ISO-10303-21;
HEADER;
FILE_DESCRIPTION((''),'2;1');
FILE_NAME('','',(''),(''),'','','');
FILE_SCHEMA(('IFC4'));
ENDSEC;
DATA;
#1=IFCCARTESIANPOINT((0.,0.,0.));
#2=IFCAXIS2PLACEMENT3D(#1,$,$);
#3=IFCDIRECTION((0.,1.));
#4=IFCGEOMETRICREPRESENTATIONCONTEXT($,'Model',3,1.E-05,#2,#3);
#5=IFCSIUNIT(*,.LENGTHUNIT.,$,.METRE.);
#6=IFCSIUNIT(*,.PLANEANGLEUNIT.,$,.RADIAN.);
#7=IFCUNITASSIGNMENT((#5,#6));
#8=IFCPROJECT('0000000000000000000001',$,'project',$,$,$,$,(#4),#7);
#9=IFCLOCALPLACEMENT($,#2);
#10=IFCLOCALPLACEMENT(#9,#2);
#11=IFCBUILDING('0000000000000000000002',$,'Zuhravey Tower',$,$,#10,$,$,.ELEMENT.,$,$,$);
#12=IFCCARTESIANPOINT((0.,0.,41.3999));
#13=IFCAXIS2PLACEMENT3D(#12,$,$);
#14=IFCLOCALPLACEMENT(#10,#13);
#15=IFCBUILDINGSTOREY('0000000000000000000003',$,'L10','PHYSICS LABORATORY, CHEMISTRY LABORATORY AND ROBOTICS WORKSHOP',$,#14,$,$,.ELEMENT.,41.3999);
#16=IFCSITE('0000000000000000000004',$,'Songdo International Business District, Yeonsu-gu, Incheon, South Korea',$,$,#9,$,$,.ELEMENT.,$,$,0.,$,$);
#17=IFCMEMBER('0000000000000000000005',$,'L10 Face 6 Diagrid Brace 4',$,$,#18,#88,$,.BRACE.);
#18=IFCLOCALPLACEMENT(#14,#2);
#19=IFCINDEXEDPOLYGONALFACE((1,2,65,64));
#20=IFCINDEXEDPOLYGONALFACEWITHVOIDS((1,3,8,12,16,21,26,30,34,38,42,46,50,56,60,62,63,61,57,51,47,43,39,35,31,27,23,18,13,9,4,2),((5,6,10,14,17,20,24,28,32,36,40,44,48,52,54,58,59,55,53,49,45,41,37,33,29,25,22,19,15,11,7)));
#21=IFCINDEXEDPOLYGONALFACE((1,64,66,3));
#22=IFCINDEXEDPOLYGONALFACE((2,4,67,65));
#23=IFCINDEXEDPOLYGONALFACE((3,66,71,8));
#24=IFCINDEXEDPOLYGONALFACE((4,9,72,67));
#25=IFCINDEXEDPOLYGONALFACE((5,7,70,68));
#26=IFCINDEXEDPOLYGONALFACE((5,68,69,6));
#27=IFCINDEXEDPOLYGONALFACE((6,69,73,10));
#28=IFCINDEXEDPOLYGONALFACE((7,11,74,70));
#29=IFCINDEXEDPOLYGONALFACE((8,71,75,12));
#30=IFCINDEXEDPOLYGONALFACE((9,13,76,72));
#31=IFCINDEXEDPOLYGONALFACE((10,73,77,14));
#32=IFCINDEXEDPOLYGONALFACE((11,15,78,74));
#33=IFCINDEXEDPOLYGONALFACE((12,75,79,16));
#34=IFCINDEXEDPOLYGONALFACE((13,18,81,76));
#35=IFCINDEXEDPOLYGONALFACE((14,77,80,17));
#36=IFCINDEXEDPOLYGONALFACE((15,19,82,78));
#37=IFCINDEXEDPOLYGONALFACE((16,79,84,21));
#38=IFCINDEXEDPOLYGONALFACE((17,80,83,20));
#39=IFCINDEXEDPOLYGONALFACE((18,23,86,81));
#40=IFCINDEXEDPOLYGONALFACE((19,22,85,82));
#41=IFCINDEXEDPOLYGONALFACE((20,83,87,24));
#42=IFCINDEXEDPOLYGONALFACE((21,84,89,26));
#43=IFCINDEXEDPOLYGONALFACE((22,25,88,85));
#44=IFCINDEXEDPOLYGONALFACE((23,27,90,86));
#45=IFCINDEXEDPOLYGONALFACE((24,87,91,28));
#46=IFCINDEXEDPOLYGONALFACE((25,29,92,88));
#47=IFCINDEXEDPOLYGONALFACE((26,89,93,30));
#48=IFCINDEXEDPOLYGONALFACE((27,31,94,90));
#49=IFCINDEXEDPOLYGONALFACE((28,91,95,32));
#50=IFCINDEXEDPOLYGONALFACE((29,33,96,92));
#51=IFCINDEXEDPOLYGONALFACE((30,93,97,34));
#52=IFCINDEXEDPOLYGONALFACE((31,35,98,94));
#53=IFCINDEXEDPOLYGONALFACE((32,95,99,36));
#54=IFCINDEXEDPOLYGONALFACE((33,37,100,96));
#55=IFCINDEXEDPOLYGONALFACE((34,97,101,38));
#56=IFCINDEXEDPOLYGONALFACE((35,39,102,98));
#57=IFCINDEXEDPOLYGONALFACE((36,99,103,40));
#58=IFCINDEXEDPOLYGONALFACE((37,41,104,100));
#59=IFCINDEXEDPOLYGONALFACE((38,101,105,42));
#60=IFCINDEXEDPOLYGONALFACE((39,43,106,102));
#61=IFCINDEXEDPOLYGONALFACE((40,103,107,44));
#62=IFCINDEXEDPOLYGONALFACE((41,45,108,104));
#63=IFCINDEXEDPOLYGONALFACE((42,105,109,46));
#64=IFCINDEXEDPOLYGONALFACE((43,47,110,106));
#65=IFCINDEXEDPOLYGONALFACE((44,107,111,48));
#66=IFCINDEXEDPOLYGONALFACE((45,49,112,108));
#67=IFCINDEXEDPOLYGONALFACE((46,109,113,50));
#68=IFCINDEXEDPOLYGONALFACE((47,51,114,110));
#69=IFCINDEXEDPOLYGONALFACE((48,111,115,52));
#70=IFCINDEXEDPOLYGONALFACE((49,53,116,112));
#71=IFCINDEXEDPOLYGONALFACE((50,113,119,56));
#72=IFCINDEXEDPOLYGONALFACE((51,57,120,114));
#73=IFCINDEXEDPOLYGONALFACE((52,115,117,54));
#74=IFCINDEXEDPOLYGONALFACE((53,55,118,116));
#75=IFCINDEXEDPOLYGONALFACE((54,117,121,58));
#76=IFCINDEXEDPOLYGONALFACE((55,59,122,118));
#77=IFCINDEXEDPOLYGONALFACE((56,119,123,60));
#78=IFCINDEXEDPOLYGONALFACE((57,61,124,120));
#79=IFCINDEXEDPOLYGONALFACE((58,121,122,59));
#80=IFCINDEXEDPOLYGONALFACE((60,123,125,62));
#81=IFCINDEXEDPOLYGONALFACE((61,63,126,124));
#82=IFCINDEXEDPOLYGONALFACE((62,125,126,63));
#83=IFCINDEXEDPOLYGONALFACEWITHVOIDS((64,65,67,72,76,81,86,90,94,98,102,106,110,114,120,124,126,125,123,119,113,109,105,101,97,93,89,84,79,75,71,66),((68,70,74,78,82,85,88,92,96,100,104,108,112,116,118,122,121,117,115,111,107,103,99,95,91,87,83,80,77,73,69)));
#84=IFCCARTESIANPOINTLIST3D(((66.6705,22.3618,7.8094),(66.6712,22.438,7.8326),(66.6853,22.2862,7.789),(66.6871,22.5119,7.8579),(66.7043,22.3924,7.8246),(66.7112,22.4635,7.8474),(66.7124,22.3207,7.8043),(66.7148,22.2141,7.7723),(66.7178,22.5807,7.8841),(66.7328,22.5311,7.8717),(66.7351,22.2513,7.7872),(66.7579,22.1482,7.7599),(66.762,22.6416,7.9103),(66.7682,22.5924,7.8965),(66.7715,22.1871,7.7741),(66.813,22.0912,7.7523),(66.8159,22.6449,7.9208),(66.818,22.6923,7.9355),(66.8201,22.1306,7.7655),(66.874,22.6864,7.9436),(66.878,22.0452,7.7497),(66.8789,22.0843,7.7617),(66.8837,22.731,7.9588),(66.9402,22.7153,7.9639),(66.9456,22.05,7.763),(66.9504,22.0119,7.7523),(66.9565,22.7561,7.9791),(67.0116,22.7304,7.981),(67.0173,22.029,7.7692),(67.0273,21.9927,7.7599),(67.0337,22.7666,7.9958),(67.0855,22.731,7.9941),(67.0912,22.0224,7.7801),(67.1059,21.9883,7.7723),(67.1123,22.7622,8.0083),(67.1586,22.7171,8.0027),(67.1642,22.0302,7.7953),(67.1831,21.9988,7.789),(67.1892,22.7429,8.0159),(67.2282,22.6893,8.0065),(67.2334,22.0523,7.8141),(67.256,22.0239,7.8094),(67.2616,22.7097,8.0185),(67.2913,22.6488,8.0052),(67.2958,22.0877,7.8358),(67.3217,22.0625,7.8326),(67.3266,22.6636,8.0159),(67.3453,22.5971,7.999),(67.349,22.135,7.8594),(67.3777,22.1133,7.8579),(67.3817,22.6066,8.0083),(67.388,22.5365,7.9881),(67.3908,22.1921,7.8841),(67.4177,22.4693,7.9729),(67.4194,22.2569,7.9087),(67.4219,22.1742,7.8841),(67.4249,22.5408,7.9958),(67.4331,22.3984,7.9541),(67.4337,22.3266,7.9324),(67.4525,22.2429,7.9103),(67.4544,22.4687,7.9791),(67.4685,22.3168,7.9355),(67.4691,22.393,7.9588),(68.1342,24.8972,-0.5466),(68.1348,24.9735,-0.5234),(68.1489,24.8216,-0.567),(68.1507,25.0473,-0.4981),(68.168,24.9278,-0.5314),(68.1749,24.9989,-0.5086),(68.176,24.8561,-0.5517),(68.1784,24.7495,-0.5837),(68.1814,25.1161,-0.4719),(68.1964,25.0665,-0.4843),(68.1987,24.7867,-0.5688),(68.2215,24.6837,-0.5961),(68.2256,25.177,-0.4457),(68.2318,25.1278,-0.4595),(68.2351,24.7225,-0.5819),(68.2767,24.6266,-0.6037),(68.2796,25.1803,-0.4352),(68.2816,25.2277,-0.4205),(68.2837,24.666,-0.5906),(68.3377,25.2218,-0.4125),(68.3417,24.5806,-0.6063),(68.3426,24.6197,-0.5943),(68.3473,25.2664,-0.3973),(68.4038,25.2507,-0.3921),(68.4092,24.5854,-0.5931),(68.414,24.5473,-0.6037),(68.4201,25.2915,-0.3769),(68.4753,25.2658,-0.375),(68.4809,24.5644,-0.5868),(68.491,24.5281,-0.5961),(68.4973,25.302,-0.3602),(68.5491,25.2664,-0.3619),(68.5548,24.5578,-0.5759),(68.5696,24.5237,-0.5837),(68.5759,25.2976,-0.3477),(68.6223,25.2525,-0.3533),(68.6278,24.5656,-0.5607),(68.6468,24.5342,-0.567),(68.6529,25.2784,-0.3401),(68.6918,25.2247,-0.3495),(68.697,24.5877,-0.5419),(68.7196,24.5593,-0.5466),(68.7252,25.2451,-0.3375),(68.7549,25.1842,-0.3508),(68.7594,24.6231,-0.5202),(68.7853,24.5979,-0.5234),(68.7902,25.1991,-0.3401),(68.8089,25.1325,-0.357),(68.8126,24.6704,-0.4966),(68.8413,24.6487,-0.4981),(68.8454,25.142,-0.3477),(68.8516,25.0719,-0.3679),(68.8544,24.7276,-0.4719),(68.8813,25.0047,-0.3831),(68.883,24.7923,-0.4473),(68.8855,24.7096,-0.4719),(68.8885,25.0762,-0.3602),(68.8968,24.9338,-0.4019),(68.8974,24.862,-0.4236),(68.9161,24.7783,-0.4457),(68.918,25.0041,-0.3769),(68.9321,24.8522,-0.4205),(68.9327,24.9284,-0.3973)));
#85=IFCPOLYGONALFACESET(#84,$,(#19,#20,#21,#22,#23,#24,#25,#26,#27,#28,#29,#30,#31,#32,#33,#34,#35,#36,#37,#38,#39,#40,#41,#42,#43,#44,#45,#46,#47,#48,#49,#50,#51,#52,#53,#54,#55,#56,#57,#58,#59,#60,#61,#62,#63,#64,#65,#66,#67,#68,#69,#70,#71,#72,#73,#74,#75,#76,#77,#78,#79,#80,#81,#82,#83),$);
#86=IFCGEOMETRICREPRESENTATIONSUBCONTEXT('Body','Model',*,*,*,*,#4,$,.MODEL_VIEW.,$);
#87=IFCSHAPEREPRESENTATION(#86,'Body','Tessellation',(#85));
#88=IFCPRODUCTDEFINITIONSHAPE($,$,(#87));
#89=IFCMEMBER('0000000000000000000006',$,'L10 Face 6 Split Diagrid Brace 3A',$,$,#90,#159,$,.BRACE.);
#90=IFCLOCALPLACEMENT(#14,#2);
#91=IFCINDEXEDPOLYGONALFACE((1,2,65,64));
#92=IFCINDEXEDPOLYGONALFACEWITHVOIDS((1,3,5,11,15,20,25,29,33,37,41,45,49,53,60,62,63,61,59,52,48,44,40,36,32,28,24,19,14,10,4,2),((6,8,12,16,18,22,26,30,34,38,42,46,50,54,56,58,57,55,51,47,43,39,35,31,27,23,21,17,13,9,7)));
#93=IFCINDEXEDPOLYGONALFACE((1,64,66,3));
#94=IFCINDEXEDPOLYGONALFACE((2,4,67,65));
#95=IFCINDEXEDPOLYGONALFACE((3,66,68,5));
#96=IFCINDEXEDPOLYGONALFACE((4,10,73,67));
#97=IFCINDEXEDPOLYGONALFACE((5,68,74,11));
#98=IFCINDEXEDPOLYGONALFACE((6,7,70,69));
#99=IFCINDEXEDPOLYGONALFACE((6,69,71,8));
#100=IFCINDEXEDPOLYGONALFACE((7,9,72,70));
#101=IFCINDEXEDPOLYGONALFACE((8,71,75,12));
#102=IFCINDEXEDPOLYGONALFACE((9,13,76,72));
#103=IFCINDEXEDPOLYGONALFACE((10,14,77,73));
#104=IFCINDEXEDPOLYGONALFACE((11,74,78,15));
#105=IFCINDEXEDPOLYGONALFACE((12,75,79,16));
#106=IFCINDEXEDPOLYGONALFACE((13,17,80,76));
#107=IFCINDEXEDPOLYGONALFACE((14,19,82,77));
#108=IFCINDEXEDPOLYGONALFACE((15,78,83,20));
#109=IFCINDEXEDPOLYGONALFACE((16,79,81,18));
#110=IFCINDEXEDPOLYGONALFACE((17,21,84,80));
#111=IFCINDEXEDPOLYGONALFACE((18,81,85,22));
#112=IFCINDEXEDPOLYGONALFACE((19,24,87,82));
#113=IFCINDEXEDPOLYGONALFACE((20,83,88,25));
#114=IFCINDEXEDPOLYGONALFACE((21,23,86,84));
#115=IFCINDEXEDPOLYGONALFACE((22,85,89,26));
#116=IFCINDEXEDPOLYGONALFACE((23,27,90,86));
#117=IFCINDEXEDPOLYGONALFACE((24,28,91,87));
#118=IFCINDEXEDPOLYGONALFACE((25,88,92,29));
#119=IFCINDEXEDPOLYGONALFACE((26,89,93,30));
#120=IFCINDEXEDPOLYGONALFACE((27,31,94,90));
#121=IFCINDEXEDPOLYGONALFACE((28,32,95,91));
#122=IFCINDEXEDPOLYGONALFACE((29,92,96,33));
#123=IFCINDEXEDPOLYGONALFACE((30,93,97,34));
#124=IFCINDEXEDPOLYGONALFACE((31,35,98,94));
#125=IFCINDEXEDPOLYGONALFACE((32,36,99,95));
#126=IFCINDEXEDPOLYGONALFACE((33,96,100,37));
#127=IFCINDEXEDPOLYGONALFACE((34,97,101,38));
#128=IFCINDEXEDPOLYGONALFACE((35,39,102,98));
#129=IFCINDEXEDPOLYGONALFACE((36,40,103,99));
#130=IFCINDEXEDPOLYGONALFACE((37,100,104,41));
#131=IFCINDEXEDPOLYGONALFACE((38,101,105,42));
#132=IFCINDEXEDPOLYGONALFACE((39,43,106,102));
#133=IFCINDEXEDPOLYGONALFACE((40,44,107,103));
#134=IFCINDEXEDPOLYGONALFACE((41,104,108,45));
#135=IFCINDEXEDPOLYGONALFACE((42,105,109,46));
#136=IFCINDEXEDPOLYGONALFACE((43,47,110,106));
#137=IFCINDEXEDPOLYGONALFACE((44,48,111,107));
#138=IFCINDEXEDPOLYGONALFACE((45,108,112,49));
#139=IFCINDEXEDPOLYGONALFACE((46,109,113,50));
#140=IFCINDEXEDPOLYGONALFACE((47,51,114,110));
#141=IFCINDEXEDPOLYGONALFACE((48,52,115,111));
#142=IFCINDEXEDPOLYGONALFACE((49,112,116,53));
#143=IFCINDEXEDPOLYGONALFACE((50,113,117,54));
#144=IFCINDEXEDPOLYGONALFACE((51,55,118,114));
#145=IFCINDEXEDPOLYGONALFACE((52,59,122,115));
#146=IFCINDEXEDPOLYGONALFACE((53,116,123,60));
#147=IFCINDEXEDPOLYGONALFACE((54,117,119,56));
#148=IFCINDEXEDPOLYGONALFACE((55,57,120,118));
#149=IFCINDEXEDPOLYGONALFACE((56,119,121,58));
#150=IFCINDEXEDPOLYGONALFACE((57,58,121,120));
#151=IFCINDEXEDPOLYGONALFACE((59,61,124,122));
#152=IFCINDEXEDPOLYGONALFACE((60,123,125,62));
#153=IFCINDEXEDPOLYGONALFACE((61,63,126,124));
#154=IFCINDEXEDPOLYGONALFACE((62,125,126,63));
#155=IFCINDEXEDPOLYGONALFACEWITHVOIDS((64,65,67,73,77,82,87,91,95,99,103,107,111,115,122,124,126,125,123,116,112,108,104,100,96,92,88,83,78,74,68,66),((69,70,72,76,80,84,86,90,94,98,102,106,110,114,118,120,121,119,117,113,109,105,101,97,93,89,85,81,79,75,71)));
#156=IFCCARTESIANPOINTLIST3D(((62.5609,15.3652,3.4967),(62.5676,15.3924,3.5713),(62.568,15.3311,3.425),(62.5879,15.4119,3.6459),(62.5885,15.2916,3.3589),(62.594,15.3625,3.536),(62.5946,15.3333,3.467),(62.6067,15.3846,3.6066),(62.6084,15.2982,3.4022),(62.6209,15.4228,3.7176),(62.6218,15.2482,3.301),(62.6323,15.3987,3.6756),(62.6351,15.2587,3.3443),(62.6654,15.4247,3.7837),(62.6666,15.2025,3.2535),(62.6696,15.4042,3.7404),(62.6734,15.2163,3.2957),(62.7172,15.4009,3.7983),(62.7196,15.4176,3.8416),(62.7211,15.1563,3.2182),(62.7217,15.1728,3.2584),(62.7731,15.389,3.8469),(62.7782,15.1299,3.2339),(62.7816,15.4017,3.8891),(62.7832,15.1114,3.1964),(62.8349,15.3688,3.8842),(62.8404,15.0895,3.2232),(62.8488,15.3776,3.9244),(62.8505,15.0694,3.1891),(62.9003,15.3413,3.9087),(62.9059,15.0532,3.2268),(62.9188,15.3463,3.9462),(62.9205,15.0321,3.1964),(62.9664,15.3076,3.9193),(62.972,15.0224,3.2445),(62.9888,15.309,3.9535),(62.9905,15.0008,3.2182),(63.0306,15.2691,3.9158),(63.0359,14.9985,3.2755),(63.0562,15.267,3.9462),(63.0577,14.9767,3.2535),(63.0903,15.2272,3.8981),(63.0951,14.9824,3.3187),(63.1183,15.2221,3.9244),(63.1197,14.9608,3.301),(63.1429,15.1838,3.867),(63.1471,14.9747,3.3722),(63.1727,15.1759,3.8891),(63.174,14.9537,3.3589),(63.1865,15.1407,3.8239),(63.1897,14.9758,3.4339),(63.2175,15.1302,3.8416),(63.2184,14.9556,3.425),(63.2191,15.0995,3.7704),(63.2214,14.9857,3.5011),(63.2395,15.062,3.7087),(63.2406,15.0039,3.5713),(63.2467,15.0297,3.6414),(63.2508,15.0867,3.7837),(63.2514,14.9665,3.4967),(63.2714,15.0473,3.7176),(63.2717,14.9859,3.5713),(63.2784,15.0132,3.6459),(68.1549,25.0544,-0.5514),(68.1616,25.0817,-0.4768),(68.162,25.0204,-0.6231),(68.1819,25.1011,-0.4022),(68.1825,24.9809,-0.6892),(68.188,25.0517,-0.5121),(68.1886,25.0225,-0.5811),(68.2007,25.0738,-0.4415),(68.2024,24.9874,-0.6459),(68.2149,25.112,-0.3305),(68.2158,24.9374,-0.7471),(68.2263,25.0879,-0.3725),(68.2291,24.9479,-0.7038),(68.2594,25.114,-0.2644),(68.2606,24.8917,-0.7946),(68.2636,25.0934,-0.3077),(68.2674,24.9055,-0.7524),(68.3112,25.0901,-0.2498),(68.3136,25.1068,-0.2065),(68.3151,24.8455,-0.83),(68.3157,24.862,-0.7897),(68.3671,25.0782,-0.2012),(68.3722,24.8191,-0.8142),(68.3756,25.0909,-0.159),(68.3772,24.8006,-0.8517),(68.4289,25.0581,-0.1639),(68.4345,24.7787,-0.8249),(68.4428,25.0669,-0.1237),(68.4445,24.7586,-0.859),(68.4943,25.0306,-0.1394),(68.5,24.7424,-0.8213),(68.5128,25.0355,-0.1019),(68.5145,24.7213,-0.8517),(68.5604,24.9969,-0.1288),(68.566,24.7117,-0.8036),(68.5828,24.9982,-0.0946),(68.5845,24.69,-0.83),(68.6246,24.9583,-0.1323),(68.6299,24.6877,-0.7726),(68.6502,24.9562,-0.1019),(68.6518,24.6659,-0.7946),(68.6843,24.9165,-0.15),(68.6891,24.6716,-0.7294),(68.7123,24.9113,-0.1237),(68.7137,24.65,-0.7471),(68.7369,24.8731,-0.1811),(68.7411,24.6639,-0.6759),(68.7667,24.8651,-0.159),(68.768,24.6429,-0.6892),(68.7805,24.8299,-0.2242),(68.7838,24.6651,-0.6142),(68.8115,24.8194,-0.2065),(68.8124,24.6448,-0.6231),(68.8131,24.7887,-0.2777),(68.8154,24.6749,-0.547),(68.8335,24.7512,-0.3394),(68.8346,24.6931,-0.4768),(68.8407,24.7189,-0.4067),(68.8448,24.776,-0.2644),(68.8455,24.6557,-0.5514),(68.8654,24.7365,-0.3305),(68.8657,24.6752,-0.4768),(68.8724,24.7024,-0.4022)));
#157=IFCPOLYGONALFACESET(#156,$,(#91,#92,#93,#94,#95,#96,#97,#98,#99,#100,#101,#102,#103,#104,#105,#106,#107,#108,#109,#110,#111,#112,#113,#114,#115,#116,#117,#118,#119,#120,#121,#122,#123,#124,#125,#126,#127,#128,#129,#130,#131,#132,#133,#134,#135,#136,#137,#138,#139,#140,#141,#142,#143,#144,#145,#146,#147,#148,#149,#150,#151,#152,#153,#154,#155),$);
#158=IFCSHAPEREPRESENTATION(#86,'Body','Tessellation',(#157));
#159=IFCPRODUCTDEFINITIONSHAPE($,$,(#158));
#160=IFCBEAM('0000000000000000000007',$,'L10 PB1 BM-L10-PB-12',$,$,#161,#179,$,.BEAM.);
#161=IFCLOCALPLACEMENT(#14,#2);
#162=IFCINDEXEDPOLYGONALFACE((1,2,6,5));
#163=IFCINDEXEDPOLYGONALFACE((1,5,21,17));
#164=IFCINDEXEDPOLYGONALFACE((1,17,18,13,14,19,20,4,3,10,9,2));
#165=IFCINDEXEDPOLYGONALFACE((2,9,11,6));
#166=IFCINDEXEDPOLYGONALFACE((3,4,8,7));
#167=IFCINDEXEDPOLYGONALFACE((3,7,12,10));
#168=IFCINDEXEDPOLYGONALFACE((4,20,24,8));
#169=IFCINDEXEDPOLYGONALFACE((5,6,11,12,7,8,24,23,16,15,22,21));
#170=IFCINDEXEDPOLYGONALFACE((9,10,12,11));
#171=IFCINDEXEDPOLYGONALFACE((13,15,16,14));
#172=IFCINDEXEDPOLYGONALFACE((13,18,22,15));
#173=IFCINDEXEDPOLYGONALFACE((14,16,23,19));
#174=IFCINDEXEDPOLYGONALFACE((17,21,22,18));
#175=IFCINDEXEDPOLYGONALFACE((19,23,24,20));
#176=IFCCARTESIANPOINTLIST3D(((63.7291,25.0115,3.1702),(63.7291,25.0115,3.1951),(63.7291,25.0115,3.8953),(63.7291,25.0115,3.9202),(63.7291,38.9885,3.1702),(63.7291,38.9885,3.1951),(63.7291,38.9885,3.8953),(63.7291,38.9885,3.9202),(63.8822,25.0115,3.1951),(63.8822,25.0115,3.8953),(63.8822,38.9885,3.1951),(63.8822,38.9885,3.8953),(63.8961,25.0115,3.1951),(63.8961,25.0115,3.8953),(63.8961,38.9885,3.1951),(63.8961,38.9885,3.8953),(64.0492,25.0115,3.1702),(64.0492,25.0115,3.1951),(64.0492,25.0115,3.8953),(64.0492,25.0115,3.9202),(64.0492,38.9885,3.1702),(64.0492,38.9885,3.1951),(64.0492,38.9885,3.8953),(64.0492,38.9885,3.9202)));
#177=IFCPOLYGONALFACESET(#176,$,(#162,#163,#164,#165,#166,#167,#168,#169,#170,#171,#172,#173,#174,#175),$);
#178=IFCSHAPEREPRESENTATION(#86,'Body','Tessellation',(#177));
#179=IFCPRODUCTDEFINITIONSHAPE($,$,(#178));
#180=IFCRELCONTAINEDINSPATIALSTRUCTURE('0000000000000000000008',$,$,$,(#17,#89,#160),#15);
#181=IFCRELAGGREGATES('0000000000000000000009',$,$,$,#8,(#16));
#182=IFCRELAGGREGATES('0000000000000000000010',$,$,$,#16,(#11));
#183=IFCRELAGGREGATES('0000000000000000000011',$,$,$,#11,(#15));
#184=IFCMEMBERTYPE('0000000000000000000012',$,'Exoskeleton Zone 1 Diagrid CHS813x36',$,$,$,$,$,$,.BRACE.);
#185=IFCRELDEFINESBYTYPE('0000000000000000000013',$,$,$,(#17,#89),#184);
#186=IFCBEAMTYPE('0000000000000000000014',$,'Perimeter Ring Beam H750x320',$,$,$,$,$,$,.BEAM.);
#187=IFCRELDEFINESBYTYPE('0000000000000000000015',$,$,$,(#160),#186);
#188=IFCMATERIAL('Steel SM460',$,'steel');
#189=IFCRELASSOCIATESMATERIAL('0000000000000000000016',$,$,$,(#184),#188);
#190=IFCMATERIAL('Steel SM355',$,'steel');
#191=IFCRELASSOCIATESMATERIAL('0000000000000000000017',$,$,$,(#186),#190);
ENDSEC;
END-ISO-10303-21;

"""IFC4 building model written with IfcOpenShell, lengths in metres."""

from ifc_helpers import new_model, si_unit, direction, frame, origin, origin_2d, place, context, subcontext, project, spatial, hollow_circle, i_section, extrude, material, material_profile, profile_set, type_object, element, save


model = new_model("IFC4")

# Units and contexts
model_context = context("Model", 3, precision=1e-05, world=origin(), true_north=direction((0.0, 1.0)))
body_context = subcontext(model_context, "Body", "Model", "MODEL_VIEW")
ifc_project = project(units=[si_unit("LENGTHUNIT", "METRE"), si_unit("PLANEANGLEUNIT", "RADIAN")], contexts=[model_context])

# Site, building, storey
site_placement = place(None, origin())
site = spatial("IfcSite", under=ifc_project, at=site_placement, Name="Songdo International Business District, Yeonsu-gu, Incheon, South Korea", CompositionType="ELEMENT", RefElevation=0.0)
building_placement = place(site_placement, origin())
building = spatial("IfcBuilding", under=site, at=building_placement, Name="Zuhravey Tower", CompositionType="ELEMENT")
storey_placement = place(building_placement, frame((0.0, 0.0, 41.3999)))
storey = spatial("IfcBuildingStorey", under=building, at=storey_placement, Name="L10", Description="PHYSICS LABORATORY, CHEMISTRY LABORATORY AND ROBOTICS WORKSHOP", CompositionType="ELEMENT", Elevation=41.3999)

# Members
ifc_material_1 = material(Name="Steel SM460", Category="steel")
ifc_material_profile_1 = material_profile(ifc_material_1, hollow_circle(Radius=0.4065, WallThickness=0.0359, at=origin_2d()), Name="CHS-812.8x36")
ifc_profile_set_1 = profile_set([ifc_material_profile_1], Name="Steel SM460")
member_type_1 = type_object("IfcMemberType", Name="Exoskeleton Zone 1 Diagrid CHS813x36", PredefinedType="BRACE", material=ifc_profile_set_1)
member_1_placement = place(storey_placement, frame((68.5334, 24.9128, -0.4719), z_axis=(-0.165307, -0.286358, 0.943755), x_axis=(0.866054, -0.499951, 0.0)))
element("IfcMember", 1, at=member_1_placement, inside=storey, type_object=member_type_1, Name="L10 Face 6 Diagrid Brace 4", PredefinedType="BRACE", context=body_context, shape_type="SweptSolid", body=[
    extrude(hollow_circle(Radius=0.4065, WallThickness=0.0359, at=origin_2d()), origin(), (0.0, 0.0, 1.0), 8.854),
])
member_2_placement = place(storey_placement, frame((68.5137, 24.8784, -0.4768), z_axis=(-0.470166, -0.814361, 0.340235), x_axis=(0.866028, -0.499995, 0.0)))
element("IfcMember", 2, at=member_2_placement, inside=storey, type_object=member_type_1, Name="L10 Face 6 Split Diagrid Brace 3A", PredefinedType="BRACE", context=body_context, shape_type="SweptSolid", body=[
    extrude(hollow_circle(Radius=0.4065, WallThickness=0.0359, at=origin_2d()), origin(), (0.0, 0.0, 1.0), 11.8979),
])

# Beam
ifc_material_2 = material(Name="Steel SM355", Category="steel")
ifc_material_profile_2 = material_profile(ifc_material_2, i_section(OverallWidth=0.3201, OverallDepth=0.75, WebThickness=0.0139, FlangeThickness=0.0249, at=origin_2d()), Name="H-750x320x14x25")
ifc_profile_set_2 = profile_set([ifc_material_profile_2], Name="Steel SM355")
beam_type_1 = type_object("IfcBeamType", Name="Perimeter Ring Beam H750x320", PredefinedType="BEAM", material=ifc_profile_set_2)
beam_1_placement = place(storey_placement, frame((63.8892, 25.0115, 3.5452), z_axis=(0.0, 1.0, 0.0), x_axis=(-1.0, 0.0, 0.0)))
element("IfcBeam", 3, at=beam_1_placement, inside=storey, type_object=beam_type_1, Name="L10 PB1 BM-L10-PB-12", PredefinedType="BEAM", context=body_context, shape_type="SweptSolid", body=[
    extrude(i_section(OverallWidth=0.3201, OverallDepth=0.75, WebThickness=0.0139, FlangeThickness=0.0249, at=origin_2d()), origin(), (0.0, 0.0, 1.0), 13.9771),
])

save(model, "model.ifc")
